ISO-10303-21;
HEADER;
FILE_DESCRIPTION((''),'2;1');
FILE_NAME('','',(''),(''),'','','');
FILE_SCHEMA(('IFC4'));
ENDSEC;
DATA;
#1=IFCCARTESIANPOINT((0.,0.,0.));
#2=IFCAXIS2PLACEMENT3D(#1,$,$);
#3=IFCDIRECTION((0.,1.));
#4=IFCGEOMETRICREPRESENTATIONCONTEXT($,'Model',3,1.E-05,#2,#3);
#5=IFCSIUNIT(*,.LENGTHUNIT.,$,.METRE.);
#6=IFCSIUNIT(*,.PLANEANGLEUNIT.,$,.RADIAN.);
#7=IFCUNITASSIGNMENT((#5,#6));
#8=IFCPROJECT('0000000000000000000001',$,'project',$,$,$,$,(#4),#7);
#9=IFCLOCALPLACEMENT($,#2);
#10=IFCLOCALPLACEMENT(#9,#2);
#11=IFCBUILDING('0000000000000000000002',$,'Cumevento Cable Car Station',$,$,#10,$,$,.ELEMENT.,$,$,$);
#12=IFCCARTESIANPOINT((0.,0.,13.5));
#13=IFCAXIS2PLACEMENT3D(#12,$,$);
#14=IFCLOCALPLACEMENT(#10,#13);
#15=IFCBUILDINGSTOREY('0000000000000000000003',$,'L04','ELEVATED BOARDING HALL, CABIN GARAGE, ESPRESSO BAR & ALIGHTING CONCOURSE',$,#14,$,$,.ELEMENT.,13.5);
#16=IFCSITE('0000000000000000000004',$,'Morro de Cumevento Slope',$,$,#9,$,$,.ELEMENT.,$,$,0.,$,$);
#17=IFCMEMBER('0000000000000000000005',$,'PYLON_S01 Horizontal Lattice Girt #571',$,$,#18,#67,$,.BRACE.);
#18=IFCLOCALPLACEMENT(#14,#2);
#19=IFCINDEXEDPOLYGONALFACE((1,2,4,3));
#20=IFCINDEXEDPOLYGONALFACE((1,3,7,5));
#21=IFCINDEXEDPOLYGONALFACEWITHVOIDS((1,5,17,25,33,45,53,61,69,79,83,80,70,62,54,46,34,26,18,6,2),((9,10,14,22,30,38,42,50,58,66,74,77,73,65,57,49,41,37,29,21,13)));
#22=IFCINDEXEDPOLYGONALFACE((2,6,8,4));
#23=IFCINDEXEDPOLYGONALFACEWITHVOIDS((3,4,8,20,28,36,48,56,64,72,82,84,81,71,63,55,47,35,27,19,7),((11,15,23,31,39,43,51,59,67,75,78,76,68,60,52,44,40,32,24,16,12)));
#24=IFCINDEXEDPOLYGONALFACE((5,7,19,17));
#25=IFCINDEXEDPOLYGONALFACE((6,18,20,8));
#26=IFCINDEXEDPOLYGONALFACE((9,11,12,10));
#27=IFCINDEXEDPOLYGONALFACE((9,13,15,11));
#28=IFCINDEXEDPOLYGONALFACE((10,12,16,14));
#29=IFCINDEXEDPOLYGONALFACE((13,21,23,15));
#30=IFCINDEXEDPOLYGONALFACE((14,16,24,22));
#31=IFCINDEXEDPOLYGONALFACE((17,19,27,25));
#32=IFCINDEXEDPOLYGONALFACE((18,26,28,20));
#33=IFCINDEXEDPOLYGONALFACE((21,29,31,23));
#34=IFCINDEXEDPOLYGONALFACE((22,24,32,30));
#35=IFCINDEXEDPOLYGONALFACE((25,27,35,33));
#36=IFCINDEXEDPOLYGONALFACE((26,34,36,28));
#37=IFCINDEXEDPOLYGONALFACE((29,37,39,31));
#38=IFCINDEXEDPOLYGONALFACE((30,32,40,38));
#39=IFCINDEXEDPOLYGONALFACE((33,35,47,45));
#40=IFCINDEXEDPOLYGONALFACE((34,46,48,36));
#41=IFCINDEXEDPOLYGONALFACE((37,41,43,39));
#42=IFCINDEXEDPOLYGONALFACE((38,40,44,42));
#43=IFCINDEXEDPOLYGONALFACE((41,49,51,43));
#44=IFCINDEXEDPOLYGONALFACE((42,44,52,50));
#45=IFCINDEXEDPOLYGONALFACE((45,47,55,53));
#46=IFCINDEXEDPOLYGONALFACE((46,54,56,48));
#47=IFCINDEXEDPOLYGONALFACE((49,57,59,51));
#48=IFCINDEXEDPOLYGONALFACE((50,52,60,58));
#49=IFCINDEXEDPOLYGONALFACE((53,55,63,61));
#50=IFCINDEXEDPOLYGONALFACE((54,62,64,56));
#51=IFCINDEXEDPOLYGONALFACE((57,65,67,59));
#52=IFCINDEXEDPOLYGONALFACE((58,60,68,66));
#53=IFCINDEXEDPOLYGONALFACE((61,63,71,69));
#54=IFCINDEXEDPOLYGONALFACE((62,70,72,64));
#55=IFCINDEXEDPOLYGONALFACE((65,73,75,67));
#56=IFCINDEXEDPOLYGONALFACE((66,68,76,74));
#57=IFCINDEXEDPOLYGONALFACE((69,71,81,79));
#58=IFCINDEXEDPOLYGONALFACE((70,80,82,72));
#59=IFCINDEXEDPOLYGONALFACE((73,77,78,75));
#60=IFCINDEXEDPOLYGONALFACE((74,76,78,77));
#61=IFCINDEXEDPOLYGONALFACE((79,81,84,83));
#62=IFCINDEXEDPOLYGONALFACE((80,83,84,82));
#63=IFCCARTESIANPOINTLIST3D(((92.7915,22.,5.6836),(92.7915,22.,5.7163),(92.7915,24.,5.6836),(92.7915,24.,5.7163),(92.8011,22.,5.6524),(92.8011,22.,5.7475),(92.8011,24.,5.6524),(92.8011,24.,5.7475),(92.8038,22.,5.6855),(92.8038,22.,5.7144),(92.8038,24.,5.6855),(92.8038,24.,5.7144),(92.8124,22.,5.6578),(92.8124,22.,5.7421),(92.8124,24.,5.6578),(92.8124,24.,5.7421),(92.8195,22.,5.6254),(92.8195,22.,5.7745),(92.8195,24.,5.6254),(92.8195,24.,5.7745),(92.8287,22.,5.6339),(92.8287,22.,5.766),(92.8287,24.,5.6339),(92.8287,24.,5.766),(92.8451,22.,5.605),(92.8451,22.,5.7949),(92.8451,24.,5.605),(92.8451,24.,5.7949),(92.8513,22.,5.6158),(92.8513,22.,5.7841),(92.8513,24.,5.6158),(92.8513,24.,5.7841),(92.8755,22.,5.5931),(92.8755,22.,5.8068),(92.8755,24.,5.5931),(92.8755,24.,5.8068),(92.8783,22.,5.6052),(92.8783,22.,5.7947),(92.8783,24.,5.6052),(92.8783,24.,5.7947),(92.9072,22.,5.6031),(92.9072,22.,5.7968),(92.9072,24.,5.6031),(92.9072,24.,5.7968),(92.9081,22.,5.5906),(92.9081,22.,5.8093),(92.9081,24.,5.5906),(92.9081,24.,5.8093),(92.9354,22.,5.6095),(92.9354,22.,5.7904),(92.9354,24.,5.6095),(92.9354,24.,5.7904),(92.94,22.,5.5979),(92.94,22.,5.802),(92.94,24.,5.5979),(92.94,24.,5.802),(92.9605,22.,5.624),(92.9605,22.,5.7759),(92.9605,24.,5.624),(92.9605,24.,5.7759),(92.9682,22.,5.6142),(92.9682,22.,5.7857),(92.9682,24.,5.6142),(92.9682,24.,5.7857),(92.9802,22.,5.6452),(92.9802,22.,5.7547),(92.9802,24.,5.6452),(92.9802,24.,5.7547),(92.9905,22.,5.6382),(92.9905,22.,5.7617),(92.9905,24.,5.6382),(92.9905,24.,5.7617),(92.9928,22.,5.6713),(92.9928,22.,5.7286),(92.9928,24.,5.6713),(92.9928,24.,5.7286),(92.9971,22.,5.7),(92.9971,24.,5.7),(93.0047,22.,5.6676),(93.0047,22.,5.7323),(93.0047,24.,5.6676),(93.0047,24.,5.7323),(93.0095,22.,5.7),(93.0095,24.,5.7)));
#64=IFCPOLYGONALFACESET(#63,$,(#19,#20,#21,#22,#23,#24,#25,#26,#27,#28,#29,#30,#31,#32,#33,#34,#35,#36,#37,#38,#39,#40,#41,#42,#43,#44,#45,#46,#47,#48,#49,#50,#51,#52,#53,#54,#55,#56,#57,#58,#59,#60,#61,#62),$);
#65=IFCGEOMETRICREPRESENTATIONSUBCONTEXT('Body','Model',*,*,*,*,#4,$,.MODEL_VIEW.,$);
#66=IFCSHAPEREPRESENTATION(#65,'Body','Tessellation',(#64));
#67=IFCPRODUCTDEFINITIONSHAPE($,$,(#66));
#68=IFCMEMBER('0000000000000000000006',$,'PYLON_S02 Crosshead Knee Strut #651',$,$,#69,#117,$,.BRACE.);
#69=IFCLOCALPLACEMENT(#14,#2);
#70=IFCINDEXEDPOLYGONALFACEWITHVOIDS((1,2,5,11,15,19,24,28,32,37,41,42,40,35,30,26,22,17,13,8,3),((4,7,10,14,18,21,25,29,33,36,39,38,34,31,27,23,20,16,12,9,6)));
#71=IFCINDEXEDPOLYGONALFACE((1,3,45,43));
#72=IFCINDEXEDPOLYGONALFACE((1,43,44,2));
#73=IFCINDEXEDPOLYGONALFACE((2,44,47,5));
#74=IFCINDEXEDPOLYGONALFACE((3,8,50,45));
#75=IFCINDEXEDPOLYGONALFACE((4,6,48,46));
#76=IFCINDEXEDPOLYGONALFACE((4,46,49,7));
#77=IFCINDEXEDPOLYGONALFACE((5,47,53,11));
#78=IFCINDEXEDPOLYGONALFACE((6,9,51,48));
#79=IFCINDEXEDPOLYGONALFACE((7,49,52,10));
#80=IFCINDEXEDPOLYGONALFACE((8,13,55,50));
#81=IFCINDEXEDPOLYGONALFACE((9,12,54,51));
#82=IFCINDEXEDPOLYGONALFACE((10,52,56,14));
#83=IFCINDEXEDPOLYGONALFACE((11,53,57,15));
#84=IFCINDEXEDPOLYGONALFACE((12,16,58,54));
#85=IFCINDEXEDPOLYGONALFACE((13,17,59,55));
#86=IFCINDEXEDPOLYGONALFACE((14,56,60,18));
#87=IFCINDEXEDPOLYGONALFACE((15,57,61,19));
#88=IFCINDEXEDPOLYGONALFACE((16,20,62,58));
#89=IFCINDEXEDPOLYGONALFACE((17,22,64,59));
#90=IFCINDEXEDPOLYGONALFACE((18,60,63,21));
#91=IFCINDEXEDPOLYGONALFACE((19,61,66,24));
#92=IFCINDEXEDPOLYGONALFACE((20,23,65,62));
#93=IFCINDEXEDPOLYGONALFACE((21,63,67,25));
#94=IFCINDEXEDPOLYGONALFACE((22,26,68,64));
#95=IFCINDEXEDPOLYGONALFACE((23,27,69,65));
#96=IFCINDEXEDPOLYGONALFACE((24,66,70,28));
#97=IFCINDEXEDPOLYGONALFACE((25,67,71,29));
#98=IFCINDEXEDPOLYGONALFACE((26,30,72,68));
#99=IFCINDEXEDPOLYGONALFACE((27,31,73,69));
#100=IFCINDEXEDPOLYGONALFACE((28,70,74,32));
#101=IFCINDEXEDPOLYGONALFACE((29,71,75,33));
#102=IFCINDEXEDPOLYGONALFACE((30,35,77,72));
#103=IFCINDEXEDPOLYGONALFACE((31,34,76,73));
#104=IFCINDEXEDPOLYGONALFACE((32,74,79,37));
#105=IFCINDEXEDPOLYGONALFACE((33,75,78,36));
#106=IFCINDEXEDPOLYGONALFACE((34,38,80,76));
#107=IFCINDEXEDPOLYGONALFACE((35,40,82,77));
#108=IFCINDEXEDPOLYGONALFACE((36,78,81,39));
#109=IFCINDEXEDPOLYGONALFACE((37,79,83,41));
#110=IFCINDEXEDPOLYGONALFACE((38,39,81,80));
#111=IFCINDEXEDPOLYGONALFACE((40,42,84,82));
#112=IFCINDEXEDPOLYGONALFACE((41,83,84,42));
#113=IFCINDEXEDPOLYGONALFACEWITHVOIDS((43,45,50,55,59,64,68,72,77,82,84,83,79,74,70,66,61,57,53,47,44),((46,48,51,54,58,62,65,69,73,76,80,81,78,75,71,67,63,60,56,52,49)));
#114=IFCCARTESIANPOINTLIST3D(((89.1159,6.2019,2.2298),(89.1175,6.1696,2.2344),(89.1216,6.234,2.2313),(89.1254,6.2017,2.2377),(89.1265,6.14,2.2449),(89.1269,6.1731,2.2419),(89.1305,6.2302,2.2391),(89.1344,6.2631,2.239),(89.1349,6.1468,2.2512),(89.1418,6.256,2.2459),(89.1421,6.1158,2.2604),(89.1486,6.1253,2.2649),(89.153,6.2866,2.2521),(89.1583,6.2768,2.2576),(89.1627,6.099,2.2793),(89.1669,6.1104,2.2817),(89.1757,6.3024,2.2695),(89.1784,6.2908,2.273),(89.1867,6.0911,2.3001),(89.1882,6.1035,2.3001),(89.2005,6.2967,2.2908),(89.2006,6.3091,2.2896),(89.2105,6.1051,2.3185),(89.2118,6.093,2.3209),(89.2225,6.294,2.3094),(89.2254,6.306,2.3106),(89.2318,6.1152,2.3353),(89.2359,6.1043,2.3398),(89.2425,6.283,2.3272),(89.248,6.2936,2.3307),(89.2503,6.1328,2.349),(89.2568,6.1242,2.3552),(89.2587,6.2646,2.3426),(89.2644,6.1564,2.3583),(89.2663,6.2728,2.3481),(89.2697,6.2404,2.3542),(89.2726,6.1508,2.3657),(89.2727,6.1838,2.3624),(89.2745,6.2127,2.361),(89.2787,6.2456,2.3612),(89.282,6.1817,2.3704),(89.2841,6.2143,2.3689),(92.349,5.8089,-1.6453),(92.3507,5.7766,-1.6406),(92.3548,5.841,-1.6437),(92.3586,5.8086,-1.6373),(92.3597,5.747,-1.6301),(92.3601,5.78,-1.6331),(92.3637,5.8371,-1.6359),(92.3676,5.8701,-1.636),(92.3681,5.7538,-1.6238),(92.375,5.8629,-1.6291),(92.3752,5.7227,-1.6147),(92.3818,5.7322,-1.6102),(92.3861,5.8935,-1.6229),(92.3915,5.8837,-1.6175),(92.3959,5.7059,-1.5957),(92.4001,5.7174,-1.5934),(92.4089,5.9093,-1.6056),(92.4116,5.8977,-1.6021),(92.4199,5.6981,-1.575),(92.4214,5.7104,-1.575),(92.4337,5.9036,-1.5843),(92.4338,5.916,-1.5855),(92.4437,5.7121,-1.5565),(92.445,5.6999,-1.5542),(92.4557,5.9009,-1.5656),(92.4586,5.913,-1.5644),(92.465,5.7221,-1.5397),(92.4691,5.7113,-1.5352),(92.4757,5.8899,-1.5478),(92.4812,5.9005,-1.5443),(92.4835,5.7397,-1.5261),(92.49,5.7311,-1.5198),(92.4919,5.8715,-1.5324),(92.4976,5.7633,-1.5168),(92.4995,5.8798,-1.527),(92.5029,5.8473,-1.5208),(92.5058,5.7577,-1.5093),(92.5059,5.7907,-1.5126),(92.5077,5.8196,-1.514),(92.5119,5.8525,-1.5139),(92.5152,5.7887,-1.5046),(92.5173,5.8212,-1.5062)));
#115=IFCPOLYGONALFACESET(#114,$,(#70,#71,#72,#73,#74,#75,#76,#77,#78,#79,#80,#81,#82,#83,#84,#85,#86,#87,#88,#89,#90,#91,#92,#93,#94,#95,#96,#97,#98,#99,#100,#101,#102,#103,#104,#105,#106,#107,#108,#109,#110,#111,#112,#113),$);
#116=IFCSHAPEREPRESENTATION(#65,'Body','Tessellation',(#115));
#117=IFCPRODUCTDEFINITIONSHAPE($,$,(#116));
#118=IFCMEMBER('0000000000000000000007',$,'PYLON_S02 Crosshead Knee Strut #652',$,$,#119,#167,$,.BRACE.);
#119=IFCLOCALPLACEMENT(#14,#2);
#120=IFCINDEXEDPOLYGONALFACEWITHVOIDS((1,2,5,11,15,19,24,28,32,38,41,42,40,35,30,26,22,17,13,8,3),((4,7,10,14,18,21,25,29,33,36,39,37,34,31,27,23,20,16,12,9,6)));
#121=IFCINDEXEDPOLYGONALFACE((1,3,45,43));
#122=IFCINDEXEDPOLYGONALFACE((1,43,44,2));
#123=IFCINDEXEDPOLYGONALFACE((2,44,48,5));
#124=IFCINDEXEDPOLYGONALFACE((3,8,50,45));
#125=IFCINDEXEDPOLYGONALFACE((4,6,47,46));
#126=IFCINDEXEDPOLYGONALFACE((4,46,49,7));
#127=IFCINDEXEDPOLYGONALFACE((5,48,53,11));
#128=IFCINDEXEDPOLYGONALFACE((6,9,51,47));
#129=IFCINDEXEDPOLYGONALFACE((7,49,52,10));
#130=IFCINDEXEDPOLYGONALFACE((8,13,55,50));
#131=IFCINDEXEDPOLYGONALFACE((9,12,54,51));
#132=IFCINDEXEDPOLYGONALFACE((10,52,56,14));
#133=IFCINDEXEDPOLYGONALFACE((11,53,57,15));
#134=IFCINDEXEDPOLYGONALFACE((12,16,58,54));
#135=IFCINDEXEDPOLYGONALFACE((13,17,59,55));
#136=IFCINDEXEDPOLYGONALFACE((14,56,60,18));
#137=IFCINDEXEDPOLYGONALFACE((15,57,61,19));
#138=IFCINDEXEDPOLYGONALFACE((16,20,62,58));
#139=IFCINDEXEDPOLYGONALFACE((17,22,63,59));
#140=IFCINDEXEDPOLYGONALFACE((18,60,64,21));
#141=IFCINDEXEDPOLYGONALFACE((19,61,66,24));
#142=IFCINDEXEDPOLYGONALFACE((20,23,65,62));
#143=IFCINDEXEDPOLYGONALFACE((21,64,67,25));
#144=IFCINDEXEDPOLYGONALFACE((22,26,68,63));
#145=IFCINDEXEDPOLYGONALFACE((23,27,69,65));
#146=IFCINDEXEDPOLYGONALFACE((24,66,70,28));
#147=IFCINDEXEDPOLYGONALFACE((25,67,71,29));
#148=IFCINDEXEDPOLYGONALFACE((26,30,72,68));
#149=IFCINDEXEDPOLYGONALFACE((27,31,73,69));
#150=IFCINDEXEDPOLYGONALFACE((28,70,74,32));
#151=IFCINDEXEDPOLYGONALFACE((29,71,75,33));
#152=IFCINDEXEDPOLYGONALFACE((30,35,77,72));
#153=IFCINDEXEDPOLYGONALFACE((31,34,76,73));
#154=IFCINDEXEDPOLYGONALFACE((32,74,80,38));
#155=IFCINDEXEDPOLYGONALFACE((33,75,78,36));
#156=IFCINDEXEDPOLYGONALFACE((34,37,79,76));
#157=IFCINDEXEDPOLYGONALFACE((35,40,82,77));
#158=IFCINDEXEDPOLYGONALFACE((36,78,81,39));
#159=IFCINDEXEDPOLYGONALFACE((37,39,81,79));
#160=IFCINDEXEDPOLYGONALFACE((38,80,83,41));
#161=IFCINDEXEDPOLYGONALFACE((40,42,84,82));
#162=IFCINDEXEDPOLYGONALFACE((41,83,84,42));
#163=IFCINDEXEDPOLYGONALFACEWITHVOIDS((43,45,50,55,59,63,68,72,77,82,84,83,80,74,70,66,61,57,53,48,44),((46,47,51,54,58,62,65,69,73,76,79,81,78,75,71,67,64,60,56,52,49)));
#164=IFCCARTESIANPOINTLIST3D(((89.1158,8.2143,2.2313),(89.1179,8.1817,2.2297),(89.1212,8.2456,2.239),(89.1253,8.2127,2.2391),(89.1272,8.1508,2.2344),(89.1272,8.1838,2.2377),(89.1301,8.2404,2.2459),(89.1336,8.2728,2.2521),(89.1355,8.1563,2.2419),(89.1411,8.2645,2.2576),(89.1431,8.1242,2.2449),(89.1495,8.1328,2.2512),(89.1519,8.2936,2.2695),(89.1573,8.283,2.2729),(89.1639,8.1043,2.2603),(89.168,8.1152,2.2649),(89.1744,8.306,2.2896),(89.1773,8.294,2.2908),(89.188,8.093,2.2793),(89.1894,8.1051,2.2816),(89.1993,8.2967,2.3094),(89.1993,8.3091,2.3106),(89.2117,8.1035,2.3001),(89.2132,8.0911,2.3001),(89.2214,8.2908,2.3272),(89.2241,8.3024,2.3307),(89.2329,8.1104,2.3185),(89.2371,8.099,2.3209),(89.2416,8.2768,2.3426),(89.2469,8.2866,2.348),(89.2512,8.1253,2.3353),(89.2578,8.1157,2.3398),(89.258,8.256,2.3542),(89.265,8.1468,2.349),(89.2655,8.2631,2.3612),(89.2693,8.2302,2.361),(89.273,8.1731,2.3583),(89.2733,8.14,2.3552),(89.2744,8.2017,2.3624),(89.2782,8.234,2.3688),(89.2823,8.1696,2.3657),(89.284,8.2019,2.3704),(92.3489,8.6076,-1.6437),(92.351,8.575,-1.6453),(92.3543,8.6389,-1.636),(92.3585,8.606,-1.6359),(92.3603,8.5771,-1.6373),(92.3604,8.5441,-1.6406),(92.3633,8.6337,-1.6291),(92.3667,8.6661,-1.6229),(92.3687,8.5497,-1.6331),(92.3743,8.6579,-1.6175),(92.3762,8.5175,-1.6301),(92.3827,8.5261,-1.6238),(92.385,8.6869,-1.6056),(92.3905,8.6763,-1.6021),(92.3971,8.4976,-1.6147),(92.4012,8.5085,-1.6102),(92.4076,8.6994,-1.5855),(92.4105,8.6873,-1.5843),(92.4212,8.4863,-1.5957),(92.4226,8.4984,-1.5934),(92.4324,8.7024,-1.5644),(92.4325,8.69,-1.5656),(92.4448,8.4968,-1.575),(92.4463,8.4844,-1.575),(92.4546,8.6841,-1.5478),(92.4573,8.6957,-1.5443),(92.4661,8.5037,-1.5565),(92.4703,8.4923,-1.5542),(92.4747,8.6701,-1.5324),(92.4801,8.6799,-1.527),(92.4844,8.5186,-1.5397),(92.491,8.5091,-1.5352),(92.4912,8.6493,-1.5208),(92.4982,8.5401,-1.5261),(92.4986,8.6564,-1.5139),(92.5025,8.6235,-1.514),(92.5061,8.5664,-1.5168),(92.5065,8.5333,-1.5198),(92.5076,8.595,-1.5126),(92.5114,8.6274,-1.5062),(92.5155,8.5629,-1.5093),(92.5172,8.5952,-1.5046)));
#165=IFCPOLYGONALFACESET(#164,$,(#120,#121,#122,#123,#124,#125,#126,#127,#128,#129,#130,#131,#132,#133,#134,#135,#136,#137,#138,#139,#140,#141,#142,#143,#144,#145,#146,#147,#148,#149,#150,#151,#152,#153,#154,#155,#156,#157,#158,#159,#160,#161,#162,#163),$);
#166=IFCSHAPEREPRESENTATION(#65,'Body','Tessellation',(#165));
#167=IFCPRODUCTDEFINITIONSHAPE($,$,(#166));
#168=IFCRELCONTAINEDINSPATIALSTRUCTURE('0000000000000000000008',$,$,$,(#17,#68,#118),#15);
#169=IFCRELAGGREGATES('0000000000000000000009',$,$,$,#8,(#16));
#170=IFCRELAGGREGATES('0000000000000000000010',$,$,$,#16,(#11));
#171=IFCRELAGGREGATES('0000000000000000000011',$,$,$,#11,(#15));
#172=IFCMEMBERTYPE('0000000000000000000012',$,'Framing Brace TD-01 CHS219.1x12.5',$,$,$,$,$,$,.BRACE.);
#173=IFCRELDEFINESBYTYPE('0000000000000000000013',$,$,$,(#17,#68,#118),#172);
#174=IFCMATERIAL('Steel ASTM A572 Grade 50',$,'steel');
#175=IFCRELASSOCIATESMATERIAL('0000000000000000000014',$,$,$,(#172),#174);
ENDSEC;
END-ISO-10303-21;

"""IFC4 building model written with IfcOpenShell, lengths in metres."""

from ifc_helpers import new_model, si_unit, direction, frame, origin, origin_2d, place, context, subcontext, project, spatial, hollow_circle, extrude, material, material_profile, profile_set, type_object, element, save


model = new_model("IFC4")

# Units and contexts
model_context = context("Model", 3, precision=1e-05, world=origin(), true_north=direction((0.0, 1.0)))
body_context = subcontext(model_context, "Body", "Model", "MODEL_VIEW")
ifc_project = project(units=[si_unit("LENGTHUNIT", "METRE"), si_unit("PLANEANGLEUNIT", "RADIAN")], contexts=[model_context])

# Site, building, storey
site_placement = place(None, origin())
site = spatial("IfcSite", under=ifc_project, at=site_placement, Name="Morro de Cumevento Slope", CompositionType="ELEMENT", RefElevation=0.0)
building_placement = place(site_placement, origin())
building = spatial("IfcBuilding", under=site, at=building_placement, Name="Cumevento Cable Car Station", CompositionType="ELEMENT")
storey_placement = place(building_placement, frame((0.0, 0.0, 13.5)))
storey = spatial("IfcBuildingStorey", under=building, at=storey_placement, Name="L04", Description="ELEVATED BOARDING HALL, CABIN GARAGE, ESPRESSO BAR & ALIGHTING CONCOURSE", CompositionType="ELEMENT", Elevation=13.5)

# Members
ifc_material_1 = material(Name="Steel ASTM A572 Grade 50", Category="steel")
ifc_material_profile_1 = material_profile(ifc_material_1, hollow_circle(Radius=0.1096, WallThickness=0.0125, at=origin_2d()), Name="CHS219.1x12.5")
ifc_profile_set_1 = profile_set([ifc_material_profile_1], Name="Steel ASTM A572 Grade 50")
member_type_1 = type_object("IfcMemberType", Name="Framing Brace TD-01 CHS219.1x12.5", PredefinedType="BRACE", material=ifc_profile_set_1)
for number, where, z_axis, x_axis, name in (
    (1, (92.8999, 24.0, 5.7), (0.0, -1.0, 0.0), (1.0, 0.0, 0.0), "PYLON_S01 Horizontal Lattice Girt #571"),
):
    element("IfcMember", number, at=place(storey_placement, frame(where, z_axis=z_axis, x_axis=x_axis)), inside=storey, type_object=member_type_1, Name=name, PredefinedType="BRACE", context=body_context, shape_type="SweptSolid", body=[
        extrude(hollow_circle(Radius=0.1096, WallThickness=0.0125, at=origin_2d()), origin(), (0.0, 0.0, 1.0), 2.0),
    ])
for number, where, z_axis, x_axis, name in (
    (2, (92.4331, 5.8069, -1.575), (-0.638716, 0.077651, 0.765514), (-0.120685, -0.992691, 0.0), "PYLON_S02 Crosshead Knee Strut #651"),
    (3, (92.4331, 8.5933, -1.575), (-0.638714, -0.077699, 0.765511), (0.120759, -0.992682, 0.0), "PYLON_S02 Crosshead Knee Strut #652"),
):
    element("IfcMember", number, at=place(storey_placement, frame(where, z_axis=z_axis, x_axis=x_axis)), inside=storey, type_object=member_type_1, Name=name, PredefinedType="BRACE", context=body_context, shape_type="SweptSolid", body=[
        extrude(hollow_circle(Radius=0.1096, WallThickness=0.0125, at=origin_2d()), origin(), (0.0, 0.0, 1.0), 5.062),
    ])

save(model, "model.ifc")
